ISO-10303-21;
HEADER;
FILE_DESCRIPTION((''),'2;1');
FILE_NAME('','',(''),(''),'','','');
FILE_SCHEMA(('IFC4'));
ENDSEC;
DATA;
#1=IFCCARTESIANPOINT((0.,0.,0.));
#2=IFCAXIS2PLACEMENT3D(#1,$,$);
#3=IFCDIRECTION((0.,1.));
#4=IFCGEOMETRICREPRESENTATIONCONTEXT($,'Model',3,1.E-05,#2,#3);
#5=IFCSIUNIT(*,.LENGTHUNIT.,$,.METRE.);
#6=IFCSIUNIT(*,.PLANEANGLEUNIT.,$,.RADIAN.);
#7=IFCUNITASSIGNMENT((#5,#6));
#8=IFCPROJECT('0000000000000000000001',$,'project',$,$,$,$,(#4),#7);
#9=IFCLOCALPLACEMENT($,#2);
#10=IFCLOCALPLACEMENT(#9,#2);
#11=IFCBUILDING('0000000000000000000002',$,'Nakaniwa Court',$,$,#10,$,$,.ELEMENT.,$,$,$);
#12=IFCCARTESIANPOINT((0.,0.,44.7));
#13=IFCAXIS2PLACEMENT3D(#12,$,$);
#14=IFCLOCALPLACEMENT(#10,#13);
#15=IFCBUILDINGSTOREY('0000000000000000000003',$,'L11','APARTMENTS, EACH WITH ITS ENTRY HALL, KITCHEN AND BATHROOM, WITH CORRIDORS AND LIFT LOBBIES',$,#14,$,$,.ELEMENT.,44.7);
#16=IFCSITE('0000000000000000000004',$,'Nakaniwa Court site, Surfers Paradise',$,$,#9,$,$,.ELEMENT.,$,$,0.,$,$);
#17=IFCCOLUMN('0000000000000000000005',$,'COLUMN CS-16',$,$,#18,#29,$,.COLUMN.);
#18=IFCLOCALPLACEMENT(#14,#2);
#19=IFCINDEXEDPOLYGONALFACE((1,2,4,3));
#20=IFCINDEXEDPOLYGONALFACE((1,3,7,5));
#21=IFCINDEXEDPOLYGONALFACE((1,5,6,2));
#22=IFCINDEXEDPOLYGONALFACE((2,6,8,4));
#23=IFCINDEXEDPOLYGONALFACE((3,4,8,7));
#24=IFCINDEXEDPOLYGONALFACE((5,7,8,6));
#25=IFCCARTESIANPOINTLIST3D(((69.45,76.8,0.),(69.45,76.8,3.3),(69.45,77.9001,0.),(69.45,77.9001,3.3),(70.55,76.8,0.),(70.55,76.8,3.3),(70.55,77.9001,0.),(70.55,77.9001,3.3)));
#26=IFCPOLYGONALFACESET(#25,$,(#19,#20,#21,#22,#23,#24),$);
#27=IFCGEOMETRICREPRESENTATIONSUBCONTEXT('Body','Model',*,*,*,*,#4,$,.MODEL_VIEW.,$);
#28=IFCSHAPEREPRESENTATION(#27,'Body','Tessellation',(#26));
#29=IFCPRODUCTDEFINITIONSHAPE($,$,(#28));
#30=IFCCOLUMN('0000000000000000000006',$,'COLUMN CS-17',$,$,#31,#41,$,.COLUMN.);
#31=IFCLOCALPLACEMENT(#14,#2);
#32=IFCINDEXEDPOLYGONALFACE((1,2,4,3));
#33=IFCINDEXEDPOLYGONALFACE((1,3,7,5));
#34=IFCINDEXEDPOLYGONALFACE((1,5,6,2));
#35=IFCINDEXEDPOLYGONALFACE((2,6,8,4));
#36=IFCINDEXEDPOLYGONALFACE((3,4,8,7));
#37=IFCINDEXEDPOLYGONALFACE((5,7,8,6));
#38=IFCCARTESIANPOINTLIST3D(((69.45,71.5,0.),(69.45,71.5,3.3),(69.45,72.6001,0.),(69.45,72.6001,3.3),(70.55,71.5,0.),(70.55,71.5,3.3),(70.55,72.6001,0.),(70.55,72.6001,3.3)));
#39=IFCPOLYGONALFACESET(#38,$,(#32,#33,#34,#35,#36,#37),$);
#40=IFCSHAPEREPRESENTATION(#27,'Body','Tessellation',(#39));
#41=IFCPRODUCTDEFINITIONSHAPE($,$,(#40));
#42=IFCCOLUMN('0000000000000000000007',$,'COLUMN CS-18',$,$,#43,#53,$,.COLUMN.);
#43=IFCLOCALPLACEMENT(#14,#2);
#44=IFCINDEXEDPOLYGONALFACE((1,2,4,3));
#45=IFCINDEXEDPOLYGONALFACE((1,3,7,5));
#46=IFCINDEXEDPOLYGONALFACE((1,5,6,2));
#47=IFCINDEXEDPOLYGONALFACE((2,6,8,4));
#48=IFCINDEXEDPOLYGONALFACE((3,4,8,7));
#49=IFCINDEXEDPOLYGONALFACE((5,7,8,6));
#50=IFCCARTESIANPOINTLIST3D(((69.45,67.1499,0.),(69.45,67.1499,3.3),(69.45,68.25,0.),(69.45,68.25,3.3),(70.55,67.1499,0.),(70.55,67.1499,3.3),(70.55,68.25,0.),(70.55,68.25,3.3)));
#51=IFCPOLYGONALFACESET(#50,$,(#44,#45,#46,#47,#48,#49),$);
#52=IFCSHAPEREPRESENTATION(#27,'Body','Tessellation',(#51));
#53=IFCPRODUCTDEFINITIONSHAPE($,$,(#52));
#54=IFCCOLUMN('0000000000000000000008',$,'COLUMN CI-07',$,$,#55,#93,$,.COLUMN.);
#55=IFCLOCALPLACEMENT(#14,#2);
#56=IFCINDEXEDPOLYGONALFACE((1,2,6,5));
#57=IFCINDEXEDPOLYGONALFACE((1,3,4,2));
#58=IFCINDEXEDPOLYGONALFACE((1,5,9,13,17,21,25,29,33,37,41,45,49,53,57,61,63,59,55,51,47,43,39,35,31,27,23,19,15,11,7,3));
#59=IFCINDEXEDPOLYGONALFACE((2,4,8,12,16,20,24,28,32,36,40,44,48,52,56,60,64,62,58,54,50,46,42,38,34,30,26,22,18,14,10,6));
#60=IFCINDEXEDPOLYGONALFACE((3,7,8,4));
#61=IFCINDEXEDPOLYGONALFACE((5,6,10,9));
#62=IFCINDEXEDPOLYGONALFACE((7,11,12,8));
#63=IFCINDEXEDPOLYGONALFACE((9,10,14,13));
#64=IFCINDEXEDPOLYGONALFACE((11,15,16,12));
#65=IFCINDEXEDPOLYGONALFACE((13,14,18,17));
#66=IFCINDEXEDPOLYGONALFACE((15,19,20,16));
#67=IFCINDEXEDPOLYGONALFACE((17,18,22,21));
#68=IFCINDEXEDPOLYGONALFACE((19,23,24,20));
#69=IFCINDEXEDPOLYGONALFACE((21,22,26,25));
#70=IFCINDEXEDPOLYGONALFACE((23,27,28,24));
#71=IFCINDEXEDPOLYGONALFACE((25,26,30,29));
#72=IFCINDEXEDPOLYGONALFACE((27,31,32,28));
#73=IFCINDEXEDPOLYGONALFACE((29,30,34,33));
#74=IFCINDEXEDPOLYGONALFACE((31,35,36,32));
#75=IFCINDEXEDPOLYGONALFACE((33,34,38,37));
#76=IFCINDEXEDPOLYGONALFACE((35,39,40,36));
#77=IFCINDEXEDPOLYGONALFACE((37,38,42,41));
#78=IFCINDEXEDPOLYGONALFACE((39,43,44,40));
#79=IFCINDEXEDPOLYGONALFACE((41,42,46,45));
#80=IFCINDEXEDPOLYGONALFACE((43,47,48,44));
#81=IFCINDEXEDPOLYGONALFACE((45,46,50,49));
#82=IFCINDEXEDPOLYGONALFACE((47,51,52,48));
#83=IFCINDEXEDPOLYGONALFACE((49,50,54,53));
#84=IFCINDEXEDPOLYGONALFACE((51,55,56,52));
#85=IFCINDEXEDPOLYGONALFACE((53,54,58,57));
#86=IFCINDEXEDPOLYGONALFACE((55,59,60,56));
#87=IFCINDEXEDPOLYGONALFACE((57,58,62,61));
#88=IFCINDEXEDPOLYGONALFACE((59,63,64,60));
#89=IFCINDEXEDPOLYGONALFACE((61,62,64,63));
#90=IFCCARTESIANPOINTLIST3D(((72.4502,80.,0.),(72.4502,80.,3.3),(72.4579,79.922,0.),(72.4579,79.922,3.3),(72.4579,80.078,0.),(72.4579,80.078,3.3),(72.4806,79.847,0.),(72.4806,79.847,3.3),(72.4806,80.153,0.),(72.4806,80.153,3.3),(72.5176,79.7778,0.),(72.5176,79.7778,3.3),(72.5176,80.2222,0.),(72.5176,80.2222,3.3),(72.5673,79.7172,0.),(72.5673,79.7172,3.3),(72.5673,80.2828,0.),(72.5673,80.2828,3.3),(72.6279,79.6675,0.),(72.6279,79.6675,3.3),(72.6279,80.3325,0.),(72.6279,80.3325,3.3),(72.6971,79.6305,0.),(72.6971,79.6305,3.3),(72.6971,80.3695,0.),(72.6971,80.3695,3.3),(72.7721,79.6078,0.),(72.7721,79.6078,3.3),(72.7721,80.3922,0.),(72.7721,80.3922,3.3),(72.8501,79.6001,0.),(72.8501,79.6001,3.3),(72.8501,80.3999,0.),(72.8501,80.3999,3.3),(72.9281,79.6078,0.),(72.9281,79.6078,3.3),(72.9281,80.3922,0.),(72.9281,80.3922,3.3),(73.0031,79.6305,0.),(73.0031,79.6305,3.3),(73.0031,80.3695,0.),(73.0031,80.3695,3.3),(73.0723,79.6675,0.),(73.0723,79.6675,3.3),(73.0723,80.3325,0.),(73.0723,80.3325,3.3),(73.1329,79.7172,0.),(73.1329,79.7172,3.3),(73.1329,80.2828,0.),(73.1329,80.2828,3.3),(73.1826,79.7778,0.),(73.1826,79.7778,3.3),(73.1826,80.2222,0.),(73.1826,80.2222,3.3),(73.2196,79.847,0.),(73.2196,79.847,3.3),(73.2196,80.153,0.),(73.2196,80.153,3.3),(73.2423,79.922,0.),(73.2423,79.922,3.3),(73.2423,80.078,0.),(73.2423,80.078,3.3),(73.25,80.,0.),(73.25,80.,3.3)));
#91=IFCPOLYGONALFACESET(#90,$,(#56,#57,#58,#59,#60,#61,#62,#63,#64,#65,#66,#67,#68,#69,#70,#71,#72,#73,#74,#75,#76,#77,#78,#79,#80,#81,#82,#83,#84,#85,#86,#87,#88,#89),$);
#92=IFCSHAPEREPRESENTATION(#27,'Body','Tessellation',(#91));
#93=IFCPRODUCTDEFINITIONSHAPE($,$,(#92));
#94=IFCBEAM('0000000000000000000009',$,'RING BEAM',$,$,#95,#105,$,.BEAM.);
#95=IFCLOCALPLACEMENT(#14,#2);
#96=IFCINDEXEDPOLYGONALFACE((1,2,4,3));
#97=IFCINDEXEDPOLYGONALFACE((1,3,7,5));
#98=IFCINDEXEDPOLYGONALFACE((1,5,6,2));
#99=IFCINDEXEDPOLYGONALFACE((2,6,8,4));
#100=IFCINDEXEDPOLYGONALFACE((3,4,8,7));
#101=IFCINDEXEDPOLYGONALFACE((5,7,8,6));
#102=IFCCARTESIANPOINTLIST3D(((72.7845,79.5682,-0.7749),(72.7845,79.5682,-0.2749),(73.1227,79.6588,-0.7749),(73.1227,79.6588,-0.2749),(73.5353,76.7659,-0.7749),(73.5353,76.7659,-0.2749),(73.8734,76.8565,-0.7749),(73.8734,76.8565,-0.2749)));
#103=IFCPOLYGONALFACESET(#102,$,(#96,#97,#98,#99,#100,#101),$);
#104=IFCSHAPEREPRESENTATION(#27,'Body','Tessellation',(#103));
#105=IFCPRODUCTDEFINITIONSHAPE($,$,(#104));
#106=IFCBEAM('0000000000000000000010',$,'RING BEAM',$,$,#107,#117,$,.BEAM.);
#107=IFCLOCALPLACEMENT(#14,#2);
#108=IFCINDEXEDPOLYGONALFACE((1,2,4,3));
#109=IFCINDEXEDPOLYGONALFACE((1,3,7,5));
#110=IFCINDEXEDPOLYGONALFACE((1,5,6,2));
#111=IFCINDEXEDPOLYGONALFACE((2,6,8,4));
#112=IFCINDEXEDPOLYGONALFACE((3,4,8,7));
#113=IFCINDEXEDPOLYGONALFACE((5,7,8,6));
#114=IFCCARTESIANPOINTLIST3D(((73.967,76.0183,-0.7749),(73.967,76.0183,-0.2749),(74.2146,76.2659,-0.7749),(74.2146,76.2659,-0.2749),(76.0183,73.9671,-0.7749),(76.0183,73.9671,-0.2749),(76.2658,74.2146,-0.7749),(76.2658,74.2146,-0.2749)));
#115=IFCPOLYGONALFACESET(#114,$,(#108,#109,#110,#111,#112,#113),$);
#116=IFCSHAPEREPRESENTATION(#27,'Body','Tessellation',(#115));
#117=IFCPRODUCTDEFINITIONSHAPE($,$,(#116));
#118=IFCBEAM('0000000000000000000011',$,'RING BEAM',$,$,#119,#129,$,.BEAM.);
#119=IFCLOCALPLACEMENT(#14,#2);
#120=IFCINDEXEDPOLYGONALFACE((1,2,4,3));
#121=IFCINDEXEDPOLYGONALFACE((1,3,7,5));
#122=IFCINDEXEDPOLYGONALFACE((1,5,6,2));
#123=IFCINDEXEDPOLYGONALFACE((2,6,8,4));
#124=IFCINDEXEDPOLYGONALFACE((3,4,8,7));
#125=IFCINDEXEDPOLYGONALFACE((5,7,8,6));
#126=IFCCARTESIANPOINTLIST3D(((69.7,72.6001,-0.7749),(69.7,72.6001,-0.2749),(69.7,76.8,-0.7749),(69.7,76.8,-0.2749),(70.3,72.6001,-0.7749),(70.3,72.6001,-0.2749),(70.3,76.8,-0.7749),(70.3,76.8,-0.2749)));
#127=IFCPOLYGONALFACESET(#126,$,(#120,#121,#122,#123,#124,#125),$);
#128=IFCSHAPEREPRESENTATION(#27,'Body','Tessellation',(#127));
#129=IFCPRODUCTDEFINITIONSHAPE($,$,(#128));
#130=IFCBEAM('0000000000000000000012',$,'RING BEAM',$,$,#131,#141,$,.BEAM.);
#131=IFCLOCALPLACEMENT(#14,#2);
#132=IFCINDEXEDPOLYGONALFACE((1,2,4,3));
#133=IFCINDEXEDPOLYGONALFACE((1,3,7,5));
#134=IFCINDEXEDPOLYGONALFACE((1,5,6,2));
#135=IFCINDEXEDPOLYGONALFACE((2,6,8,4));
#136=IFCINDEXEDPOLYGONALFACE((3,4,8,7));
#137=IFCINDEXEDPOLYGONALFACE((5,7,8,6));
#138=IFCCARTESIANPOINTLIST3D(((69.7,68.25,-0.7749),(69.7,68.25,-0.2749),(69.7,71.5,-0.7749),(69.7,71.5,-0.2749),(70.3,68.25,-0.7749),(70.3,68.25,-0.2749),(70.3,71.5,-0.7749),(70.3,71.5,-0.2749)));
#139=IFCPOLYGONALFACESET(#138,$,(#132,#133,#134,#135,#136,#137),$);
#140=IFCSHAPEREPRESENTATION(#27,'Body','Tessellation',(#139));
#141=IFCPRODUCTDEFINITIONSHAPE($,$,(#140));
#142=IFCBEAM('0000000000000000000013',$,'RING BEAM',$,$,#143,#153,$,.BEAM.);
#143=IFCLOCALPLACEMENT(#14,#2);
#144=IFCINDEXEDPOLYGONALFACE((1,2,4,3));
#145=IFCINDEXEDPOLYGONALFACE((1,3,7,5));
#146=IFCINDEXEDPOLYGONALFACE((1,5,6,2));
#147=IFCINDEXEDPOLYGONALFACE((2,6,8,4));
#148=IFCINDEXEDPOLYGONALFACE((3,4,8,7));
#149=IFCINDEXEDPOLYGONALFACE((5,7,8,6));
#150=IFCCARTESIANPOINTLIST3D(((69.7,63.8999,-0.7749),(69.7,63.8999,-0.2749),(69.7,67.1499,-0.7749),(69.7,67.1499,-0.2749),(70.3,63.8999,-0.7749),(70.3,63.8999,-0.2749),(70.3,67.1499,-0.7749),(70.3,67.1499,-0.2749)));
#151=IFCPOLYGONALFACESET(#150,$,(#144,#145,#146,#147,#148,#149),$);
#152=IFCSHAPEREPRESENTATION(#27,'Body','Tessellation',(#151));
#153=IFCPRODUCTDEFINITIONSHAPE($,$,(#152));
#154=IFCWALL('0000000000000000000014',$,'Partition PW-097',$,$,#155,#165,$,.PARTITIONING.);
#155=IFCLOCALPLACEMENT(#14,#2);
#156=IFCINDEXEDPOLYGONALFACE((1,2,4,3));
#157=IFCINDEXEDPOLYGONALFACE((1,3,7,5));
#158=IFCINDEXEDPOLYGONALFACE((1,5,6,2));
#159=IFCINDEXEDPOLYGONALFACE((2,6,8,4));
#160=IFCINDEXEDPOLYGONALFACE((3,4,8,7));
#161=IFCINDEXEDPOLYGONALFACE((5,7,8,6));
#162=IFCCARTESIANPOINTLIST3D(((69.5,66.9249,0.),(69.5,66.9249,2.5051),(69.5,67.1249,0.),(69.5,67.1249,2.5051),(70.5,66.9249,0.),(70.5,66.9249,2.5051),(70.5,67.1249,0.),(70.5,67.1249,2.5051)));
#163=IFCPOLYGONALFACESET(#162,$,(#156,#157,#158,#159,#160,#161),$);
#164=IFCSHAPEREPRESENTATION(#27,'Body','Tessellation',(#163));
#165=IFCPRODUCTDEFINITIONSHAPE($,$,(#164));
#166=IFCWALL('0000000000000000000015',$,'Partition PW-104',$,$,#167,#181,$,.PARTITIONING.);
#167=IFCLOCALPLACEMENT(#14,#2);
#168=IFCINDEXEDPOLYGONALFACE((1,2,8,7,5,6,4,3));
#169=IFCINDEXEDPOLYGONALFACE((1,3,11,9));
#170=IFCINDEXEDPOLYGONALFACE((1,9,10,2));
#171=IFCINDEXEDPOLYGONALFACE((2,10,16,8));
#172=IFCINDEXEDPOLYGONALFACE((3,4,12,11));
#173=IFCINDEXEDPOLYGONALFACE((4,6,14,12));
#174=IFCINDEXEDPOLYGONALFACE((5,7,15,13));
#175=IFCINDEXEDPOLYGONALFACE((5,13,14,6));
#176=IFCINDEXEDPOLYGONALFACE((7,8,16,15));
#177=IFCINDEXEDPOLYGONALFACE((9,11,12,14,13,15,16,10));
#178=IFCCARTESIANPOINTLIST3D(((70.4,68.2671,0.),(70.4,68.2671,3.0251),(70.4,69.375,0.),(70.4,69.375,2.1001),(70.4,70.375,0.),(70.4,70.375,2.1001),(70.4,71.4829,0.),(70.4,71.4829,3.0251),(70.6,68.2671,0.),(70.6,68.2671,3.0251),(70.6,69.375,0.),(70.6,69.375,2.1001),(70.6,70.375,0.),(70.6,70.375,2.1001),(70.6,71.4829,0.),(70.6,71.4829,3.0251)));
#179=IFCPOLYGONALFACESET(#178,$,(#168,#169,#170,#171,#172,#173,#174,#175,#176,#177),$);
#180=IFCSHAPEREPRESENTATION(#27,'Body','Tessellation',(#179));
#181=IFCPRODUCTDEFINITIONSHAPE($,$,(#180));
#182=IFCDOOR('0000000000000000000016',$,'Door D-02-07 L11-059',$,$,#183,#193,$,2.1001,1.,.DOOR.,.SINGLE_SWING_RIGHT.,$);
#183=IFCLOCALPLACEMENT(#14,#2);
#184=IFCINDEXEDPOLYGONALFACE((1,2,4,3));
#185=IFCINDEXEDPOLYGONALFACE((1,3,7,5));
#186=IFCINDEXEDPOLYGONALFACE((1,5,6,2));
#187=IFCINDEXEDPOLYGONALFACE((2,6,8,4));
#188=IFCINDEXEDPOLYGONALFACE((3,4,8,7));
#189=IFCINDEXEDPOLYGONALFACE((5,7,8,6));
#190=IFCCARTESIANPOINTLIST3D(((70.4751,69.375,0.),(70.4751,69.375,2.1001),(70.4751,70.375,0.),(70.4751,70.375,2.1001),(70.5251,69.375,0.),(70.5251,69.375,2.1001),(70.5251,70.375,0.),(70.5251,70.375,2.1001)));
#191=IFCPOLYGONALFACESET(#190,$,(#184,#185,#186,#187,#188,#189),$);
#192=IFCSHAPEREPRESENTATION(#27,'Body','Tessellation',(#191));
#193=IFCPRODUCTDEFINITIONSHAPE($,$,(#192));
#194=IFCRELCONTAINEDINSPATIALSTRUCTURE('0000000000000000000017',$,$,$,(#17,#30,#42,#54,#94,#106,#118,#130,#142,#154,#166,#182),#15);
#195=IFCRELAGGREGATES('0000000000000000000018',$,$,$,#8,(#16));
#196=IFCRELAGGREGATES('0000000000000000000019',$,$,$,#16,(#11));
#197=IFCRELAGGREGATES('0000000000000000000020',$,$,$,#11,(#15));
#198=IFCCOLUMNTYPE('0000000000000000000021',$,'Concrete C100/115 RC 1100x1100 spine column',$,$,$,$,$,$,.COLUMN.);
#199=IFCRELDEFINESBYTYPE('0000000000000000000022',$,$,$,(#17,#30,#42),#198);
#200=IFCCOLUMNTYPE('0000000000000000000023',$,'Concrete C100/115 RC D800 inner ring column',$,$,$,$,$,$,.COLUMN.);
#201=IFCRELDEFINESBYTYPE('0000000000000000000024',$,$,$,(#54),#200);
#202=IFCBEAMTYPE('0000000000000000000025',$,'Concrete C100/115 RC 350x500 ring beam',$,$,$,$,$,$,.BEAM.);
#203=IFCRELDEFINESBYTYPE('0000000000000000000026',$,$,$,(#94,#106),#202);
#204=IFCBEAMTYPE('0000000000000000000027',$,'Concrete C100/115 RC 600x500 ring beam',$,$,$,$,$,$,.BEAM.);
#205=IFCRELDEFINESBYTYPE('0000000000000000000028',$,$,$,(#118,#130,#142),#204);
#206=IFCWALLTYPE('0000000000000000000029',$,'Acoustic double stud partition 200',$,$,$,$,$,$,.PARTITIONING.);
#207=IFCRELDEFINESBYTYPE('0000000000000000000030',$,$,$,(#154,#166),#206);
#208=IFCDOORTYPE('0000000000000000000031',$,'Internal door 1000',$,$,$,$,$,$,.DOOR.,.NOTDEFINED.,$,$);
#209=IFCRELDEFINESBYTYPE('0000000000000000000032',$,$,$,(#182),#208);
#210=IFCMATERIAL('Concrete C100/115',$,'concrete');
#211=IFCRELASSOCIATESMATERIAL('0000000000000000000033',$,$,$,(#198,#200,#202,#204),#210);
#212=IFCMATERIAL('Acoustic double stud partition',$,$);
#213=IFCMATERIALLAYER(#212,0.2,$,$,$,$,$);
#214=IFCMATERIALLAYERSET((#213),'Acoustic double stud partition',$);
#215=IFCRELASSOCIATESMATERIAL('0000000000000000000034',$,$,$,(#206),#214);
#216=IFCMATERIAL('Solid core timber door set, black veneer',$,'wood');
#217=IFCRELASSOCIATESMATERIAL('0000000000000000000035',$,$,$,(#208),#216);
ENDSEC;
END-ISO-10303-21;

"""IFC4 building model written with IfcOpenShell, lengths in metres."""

from ifc_helpers import new_model, si_unit, direction, frame, frame_2d, origin, origin_2d, place, context, subcontext, project, spatial, rectangle, circle, extrude, material, layer, layer_set, material_profile, profile_set, type_object, element, fill, save


model = new_model("IFC4")

# Units and contexts
model_context = context("Model", 3, precision=1e-05, world=origin(), true_north=direction((0.0, 1.0)))
body_context = subcontext(model_context, "Body", "Model", "MODEL_VIEW")
ifc_project = project(units=[si_unit("LENGTHUNIT", "METRE"), si_unit("PLANEANGLEUNIT", "RADIAN")], contexts=[model_context])

# Site, building, storey
site_placement = place(None, origin())
site = spatial("IfcSite", under=ifc_project, at=site_placement, Name="Nakaniwa Court site, Surfers Paradise", CompositionType="ELEMENT", RefElevation=0.0)
building_placement = place(site_placement, origin())
building = spatial("IfcBuilding", under=site, at=building_placement, Name="Nakaniwa Court", CompositionType="ELEMENT")
storey_placement = place(building_placement, frame((0.0, 0.0, 44.7)))
storey = spatial("IfcBuildingStorey", under=building, at=storey_placement, Name="L11", Description="APARTMENTS, EACH WITH ITS ENTRY HALL, KITCHEN AND BATHROOM, WITH CORRIDORS AND LIFT LOBBIES", CompositionType="ELEMENT", Elevation=44.7)

# Columns
ifc_material_1 = material(Name="Concrete C100/115", Category="concrete")
ifc_material_profile_1 = material_profile(ifc_material_1, rectangle(XDim=1.1001, YDim=1.1001, at=origin_2d()), Name="Concrete C100/115 RC 1100x1100 spine column")
ifc_profile_set_1 = profile_set([ifc_material_profile_1], Name="Concrete C100/115")
column_type_1 = type_object("IfcColumnType", Name="Concrete C100/115 RC 1100x1100 spine column", PredefinedType="COLUMN", material=ifc_profile_set_1)
for number, where, z_axis, x_axis, name in (
    (1, (70.0, 77.3501, 0.0), (0.0, 0.0, 1.0), (0.0, -1.0, 0.0), "COLUMN CS-16"),
    (2, (70.0, 72.05, 0.0), (0.0, 0.0, 1.0), (0.0, -1.0, 0.0), "COLUMN CS-17"),
    (3, (70.0, 67.7, 0.0), (0.0, 0.0, 1.0), (0.0, -1.0, 0.0), "COLUMN CS-18"),
):
    element("IfcColumn", number, at=place(storey_placement, frame(where, z_axis=z_axis, x_axis=x_axis)), inside=storey, type_object=column_type_1, Name=name, PredefinedType="COLUMN", context=body_context, shape_type="SweptSolid", body=[
        extrude(rectangle(XDim=1.1001, YDim=1.1001, at=origin_2d()), origin(), (0.0, 0.0, 1.0), 3.3),
    ])
ifc_material_profile_2 = material_profile(ifc_material_1, circle(Radius=0.3999, at=origin_2d()), Name="Concrete C100/115 RC D800 inner ring column")
ifc_profile_set_2 = profile_set([ifc_material_profile_2], Name="Concrete C100/115")
column_type_2 = type_object("IfcColumnType", Name="Concrete C100/115 RC D800 inner ring column", PredefinedType="COLUMN", material=ifc_profile_set_2)
for number, where, z_axis, x_axis, name in (
    (4, (72.8501, 80.0, 0.0), (0.0, 0.0, 1.0), (0.0, -1.0, 0.0), "COLUMN CI-07"),
):
    element("IfcColumn", number, at=place(storey_placement, frame(where, z_axis=z_axis, x_axis=x_axis)), inside=storey, type_object=column_type_2, Name=name, PredefinedType="COLUMN", context=body_context, shape_type="SweptSolid", body=[
        extrude(circle(Radius=0.3999, at=origin_2d()), origin(), (0.0, 0.0, 1.0), 3.3),
    ])

# Beams
ifc_material_profile_3 = material_profile(ifc_material_1, rectangle(XDim=0.3501, YDim=0.5, at=origin_2d()), Name="Concrete C100/115 RC 350x500 ring beam")
ifc_profile_set_3 = profile_set([ifc_material_profile_3], Name="Concrete C100/115")
beam_type_1 = type_object("IfcBeamType", Name="Concrete C100/115 RC 350x500 ring beam", PredefinedType="BEAM", material=ifc_profile_set_3)
beam_1_placement = place(storey_placement, frame((72.9536, 79.6135, -0.5249), z_axis=(0.258778, -0.965937, 0.0), x_axis=(0.965937, 0.258778, 0.0)))
element("IfcBeam", 5, at=beam_1_placement, inside=storey, type_object=beam_type_1, Name="RING BEAM", PredefinedType="BEAM", context=body_context, shape_type="SweptSolid", body=[
    extrude(rectangle(XDim=0.3501, YDim=0.5, at=origin_2d()), origin(), (0.0, 0.0, 1.0), 2.9011),
])
beam_2_placement = place(storey_placement, frame((74.0908, 76.1421, -0.5249), z_axis=(0.707107, -0.707107, 0.0), x_axis=(0.707107, 0.707107, 0.0)))
element("IfcBeam", 6, at=beam_2_placement, inside=storey, type_object=beam_type_1, Name="RING BEAM", PredefinedType="BEAM", context=body_context, shape_type="SweptSolid", body=[
    extrude(rectangle(XDim=0.3501, YDim=0.5, at=origin_2d()), origin(), (0.0, 0.0, 1.0), 2.9009),
])
ifc_material_profile_4 = material_profile(ifc_material_1, rectangle(XDim=0.6001, YDim=0.5, at=origin_2d()), Name="Concrete C100/115 RC 600x500 ring beam")
ifc_profile_set_4 = profile_set([ifc_material_profile_4], Name="Concrete C100/115")
beam_type_2 = type_object("IfcBeamType", Name="Concrete C100/115 RC 600x500 ring beam", PredefinedType="BEAM", material=ifc_profile_set_4)
beam_3_placement = place(storey_placement, frame((70.0, 76.8, -0.5249), z_axis=(0.0, -1.0, 0.0), x_axis=(1.0, 0.0, 0.0)))
element("IfcBeam", 7, at=beam_3_placement, inside=storey, type_object=beam_type_2, Name="RING BEAM", PredefinedType="BEAM", context=body_context, shape_type="SweptSolid", body=[
    extrude(rectangle(XDim=0.6001, YDim=0.5, at=origin_2d()), origin(), (0.0, 0.0, 1.0), 4.2),
])
for number, where, z_axis, x_axis, name in (
    (8, (70.0, 71.5, -0.5249), (0.0, -1.0, 0.0), (1.0, 0.0, 0.0), "RING BEAM"),
    (9, (70.0, 67.1499, -0.5249), (0.0, -1.0, 0.0), (1.0, 0.0, 0.0), "RING BEAM"),
):
    element("IfcBeam", number, at=place(storey_placement, frame(where, z_axis=z_axis, x_axis=x_axis)), inside=storey, type_object=beam_type_2, Name=name, PredefinedType="BEAM", context=body_context, shape_type="SweptSolid", body=[
        extrude(rectangle(XDim=0.6001, YDim=0.5, at=origin_2d()), origin(), (0.0, 0.0, 1.0), 3.25),
    ])

# Wall
ifc_material_2 = material(Name="Acoustic double stud partition")
ifc_layer_1 = layer(ifc_material_2, 0.2)
ifc_layer_set_1 = layer_set([ifc_layer_1], Name="Acoustic double stud partition")
wall_type_1 = type_object("IfcWallType", Name="Acoustic double stud partition 200", PredefinedType="PARTITIONING", material=ifc_layer_set_1)
wall_1_placement = place(storey_placement, frame((69.5, 67.0249, 0.0), z_axis=(0.0, 0.0, 1.0), x_axis=(1.0, 0.0, 0.0)))
element("IfcWall", 10, at=wall_1_placement, inside=storey, type_object=wall_type_1, Name="Partition PW-097", PredefinedType="PARTITIONING", context=body_context, shape_type="SweptSolid", body=[
    extrude(rectangle(XDim=1.0, YDim=0.2, at=frame_2d((0.5, 0.0))), origin(), (0.0, 0.0, 1.0), 2.5051),
])

# Wall, opening, door
wall_2_placement = place(storey_placement, frame((70.5, 68.2671, 0.0), z_axis=(0.0, 0.0, 1.0), x_axis=(0.0, 1.0, 0.0)))
wall_2 = element("IfcWall", 11, at=wall_2_placement, inside=storey, type_object=wall_type_1, Name="Partition PW-104", PredefinedType="PARTITIONING", context=body_context, shape_type="SweptSolid", body=[
    extrude(rectangle(XDim=3.2158, YDim=0.2, at=frame_2d((1.6079, 0.0))), origin(), (0.0, 0.0, 1.0), 3.0251),
])
opening_1_placement = place(wall_2_placement, frame((1.1079, 0.0, 0.0)))
opening_1 = element("IfcOpeningElement", 12, at=opening_1_placement, cuts=wall_2, PredefinedType="OPENING", context=body_context, shape_type="SweptSolid", body=[
    extrude(rectangle(XDim=1.0, YDim=2.1001, at=frame_2d((0.5, 1.05))), frame((0.0, 0.1099, 0.0), z_axis=(0.0, -1.0, 0.0), x_axis=(1.0, 0.0, 0.0)), (0.0, 0.0, 1.0), 0.22),
])
ifc_material_3 = material(Name="Solid core timber door set, black veneer", Category="wood")
door_type_1 = type_object("IfcDoorType", Name="Internal door 1000", OperationType="NOTDEFINED", PredefinedType="DOOR", material=ifc_material_3)
door_1_placement = place(opening_1_placement, origin())
door_1 = element("IfcDoor", 13, at=door_1_placement, inside=storey, type_object=door_type_1, Name="Door D-02-07 L11-059", OperationType="SINGLE_SWING_RIGHT", OverallHeight=2.1001, OverallWidth=1.0, PredefinedType="DOOR", context=body_context, shape_type="SweptSolid", body=[
    extrude(rectangle(XDim=1.0, YDim=2.1001, at=frame_2d((0.5, 1.05))), frame((0.0, 0.0249, 0.0), z_axis=(0.0, -1.0, 0.0), x_axis=(1.0, 0.0, 0.0)), (0.0, 0.0, 1.0), 0.05),
])
fill(opening_1, door_1)

save(model, "model.ifc")
